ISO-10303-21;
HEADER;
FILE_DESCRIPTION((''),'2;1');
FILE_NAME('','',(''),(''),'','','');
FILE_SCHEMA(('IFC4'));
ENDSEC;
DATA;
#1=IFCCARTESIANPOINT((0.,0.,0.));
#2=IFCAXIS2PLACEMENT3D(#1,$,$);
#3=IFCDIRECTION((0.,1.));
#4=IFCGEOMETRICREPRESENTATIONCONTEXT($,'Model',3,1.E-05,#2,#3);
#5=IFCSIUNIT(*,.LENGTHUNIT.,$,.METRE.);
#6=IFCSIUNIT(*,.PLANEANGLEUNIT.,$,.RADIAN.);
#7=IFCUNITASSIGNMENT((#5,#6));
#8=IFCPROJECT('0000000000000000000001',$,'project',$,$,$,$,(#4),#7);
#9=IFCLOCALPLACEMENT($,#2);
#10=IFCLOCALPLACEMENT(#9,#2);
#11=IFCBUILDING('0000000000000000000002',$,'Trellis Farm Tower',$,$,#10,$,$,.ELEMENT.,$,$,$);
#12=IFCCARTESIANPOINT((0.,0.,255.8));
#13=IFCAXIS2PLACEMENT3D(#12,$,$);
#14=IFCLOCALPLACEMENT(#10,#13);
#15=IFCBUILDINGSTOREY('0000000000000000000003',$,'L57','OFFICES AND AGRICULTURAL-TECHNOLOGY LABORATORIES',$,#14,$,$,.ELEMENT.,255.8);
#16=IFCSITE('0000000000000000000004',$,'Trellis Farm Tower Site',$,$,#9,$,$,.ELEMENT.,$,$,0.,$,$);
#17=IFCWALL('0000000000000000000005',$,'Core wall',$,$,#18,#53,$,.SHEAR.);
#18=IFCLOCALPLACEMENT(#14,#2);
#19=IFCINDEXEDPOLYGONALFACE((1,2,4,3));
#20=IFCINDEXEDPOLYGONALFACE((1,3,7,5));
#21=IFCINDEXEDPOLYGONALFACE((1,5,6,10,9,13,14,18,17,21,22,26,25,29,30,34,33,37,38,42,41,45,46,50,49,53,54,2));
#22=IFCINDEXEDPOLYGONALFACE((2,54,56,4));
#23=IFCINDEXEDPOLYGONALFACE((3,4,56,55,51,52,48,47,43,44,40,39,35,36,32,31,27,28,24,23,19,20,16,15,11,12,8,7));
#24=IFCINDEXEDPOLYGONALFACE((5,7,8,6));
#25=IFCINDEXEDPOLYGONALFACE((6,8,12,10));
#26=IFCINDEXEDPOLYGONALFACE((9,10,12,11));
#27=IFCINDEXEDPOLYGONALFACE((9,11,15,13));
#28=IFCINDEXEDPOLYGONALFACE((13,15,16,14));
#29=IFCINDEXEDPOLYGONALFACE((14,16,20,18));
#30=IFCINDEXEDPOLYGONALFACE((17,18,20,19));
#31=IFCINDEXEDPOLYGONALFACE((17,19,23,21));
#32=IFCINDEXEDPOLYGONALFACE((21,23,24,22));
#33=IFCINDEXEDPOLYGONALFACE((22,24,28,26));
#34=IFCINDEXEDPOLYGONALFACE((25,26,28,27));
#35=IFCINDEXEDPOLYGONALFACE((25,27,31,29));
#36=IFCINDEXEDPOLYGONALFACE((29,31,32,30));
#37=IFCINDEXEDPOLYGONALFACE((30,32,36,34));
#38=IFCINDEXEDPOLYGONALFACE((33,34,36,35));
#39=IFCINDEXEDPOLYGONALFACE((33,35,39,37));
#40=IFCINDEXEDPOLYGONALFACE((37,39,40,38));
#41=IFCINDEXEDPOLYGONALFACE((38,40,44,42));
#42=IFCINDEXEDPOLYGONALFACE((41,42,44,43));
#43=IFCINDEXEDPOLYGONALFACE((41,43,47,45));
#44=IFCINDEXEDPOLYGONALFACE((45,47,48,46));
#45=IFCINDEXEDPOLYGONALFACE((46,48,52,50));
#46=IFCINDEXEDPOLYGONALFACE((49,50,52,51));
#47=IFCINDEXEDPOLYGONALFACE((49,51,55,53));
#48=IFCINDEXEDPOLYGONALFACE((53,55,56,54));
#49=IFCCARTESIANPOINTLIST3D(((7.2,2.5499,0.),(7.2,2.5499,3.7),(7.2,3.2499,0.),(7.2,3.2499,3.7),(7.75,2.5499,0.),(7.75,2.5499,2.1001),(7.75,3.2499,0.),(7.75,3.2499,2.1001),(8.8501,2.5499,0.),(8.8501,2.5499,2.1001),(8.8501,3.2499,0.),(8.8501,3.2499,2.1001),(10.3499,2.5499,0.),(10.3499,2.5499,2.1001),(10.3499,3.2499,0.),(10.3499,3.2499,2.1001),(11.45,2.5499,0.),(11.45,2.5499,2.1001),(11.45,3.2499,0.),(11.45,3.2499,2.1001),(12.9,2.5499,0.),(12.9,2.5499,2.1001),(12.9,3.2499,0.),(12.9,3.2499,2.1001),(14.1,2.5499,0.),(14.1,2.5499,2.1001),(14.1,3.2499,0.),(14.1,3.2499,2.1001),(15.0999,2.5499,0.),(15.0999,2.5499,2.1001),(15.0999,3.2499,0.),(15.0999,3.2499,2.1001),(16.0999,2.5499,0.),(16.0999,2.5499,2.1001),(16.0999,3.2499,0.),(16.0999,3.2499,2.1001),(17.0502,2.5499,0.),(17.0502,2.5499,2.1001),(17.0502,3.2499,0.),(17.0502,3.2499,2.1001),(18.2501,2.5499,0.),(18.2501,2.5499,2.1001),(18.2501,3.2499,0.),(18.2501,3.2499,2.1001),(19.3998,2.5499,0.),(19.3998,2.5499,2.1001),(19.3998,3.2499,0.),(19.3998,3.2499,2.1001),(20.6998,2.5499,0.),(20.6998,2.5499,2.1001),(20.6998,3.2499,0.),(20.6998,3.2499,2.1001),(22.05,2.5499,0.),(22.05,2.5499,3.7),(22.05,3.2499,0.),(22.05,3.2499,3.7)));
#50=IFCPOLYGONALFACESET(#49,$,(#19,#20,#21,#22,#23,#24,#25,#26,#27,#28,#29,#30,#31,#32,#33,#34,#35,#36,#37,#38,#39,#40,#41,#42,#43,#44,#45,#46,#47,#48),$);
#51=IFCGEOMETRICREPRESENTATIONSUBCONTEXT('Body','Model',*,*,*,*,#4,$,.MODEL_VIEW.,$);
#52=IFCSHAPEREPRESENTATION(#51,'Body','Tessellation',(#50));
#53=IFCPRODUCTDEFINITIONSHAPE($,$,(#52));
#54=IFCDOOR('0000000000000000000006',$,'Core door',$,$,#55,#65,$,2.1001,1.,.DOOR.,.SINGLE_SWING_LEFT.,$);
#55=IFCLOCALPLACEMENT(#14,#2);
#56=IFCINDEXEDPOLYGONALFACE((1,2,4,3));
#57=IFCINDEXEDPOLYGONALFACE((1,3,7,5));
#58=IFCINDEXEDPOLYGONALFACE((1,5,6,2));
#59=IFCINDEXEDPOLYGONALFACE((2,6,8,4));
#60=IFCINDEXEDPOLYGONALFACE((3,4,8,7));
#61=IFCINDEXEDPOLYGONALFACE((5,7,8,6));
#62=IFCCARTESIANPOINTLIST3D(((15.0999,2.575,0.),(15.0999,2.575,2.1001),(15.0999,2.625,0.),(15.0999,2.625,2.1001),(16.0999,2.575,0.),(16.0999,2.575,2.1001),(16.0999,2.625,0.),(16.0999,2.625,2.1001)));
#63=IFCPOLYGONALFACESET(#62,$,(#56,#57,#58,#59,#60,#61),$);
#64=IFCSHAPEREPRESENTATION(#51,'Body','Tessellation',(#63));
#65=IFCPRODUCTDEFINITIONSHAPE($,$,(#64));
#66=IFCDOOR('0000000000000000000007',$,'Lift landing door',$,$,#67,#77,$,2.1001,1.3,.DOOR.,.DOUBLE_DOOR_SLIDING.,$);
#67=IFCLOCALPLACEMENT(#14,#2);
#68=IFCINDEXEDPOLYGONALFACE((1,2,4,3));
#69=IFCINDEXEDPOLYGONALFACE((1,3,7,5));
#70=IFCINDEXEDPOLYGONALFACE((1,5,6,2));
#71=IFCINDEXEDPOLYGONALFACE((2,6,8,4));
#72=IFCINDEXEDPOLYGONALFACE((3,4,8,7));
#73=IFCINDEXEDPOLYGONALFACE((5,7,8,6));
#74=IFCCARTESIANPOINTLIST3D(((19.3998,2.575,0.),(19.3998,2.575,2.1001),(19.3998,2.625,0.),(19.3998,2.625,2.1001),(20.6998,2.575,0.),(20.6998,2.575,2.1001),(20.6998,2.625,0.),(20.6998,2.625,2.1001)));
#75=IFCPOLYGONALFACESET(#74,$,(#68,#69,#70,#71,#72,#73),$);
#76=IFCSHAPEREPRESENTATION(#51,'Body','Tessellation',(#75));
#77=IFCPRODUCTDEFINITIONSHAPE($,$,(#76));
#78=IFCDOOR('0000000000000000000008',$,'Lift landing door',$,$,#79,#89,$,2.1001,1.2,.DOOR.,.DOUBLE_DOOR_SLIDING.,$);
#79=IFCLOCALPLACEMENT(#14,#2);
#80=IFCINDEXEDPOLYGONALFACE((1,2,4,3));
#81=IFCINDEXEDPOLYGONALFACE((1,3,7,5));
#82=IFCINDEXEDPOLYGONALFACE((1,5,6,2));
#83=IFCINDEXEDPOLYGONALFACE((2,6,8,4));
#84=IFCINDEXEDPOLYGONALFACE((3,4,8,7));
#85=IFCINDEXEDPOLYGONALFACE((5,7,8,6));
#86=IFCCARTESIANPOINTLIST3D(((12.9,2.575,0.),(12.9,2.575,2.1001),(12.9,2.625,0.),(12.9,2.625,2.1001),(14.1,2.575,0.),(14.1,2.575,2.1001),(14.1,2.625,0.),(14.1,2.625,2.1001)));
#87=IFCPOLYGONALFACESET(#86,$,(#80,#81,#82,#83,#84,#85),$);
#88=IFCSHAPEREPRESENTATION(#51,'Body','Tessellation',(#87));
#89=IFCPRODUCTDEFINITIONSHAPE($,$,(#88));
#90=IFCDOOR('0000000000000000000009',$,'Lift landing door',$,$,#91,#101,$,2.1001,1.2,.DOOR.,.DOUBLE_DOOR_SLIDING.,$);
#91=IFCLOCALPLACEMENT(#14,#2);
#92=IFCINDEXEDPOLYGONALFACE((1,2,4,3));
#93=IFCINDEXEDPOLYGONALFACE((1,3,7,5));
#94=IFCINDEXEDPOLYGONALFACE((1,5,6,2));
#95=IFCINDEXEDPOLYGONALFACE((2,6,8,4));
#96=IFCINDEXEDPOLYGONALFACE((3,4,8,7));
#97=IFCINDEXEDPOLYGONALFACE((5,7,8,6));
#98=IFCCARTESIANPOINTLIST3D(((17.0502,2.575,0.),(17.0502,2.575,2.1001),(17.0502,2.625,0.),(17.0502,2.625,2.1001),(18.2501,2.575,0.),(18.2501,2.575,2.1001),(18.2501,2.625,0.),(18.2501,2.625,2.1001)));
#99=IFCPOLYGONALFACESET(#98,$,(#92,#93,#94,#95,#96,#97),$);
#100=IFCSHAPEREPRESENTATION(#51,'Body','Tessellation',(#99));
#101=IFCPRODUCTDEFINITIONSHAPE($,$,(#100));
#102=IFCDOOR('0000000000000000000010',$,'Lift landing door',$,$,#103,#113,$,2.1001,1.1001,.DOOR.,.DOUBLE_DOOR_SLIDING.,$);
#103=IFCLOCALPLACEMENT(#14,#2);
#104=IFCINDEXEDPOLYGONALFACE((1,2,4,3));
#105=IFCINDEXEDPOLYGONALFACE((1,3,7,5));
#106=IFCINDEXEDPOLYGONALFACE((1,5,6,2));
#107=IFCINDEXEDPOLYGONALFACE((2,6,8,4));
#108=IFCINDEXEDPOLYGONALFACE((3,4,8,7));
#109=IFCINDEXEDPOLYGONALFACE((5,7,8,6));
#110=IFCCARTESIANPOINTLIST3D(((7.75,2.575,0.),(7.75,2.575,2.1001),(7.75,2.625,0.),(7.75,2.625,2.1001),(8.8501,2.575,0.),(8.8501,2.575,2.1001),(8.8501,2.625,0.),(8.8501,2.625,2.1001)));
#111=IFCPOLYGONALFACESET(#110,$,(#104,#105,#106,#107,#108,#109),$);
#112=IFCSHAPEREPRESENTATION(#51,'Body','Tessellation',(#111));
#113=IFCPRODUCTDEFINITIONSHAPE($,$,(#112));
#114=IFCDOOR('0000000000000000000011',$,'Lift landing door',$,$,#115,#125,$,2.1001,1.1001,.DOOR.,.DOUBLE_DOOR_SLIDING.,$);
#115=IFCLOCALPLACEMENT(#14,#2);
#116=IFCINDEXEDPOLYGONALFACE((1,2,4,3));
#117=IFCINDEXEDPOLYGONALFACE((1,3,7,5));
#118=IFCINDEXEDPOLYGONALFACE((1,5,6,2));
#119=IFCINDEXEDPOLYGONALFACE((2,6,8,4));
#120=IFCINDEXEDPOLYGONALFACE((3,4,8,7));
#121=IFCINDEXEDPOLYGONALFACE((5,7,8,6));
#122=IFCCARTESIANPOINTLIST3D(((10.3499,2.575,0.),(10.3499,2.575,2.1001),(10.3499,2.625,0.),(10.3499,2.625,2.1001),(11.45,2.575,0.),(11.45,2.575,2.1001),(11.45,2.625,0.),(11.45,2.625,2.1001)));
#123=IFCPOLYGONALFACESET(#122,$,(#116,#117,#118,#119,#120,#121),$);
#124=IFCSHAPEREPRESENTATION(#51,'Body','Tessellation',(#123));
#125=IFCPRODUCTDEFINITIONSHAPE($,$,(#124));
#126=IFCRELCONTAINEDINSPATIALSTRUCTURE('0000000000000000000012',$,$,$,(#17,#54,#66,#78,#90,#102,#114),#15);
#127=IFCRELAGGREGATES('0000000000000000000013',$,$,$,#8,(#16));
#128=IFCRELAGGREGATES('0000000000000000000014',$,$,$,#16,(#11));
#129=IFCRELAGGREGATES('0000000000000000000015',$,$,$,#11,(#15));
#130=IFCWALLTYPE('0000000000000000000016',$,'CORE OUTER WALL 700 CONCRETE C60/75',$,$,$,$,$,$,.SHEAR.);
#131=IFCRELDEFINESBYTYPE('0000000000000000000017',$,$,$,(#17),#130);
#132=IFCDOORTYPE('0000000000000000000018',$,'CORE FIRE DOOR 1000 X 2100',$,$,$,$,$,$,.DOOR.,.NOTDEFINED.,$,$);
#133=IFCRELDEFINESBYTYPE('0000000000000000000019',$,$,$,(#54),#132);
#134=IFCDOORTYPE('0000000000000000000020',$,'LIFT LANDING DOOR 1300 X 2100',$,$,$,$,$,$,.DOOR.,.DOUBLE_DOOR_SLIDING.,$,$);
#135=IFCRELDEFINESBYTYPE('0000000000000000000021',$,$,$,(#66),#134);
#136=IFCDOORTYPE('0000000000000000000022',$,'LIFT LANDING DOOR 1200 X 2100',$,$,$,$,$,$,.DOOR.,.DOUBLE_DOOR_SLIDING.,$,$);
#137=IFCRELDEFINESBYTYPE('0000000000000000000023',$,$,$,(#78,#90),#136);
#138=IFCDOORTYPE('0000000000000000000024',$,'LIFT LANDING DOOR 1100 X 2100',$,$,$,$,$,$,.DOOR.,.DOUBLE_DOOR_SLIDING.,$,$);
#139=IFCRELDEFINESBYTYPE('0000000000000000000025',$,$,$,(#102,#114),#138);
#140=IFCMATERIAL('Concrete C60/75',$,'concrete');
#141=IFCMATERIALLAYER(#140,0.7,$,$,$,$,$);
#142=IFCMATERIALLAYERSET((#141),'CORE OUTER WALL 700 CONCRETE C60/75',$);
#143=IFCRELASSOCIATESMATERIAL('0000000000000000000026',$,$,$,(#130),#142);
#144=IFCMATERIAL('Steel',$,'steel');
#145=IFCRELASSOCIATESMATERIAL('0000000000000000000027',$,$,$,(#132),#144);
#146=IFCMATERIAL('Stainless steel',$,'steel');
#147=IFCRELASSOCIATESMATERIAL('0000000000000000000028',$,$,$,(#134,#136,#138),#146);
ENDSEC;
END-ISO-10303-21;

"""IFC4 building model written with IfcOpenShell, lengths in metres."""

from ifc_helpers import new_model, si_unit, direction, frame, frame_2d, origin, place, context, subcontext, project, spatial, rectangle, extrude, source, transform, mapped, material, layer, layer_set, type_object, element, fill, save


model = new_model("IFC4")

# Units and contexts
model_context = context("Model", 3, precision=1e-05, world=origin(), true_north=direction((0.0, 1.0)))
body_context = subcontext(model_context, "Body", "Model", "MODEL_VIEW")
ifc_project = project(units=[si_unit("LENGTHUNIT", "METRE"), si_unit("PLANEANGLEUNIT", "RADIAN")], contexts=[model_context])

# Site, building, storey
site_placement = place(None, origin())
site = spatial("IfcSite", under=ifc_project, at=site_placement, Name="Trellis Farm Tower Site", CompositionType="ELEMENT", RefElevation=0.0)
building_placement = place(site_placement, origin())
building = spatial("IfcBuilding", under=site, at=building_placement, Name="Trellis Farm Tower", CompositionType="ELEMENT")
storey_placement = place(building_placement, frame((0.0, 0.0, 255.8)))
storey = spatial("IfcBuildingStorey", under=building, at=storey_placement, Name="L57", Description="OFFICES AND AGRICULTURAL-TECHNOLOGY LABORATORIES", CompositionType="ELEMENT", Elevation=255.8)

# Shared definitions
ifc_material_1 = material(Name="Concrete C60/75", Category="concrete")

# Shared definitions
ifc_material_2 = material(Name="Steel", Category="steel")

# Wall, openings, doors
ifc_layer_1 = layer(ifc_material_1, 0.7)
ifc_layer_set_1 = layer_set([ifc_layer_1], Name="CORE OUTER WALL 700 CONCRETE C60/75")
wall_type_1 = type_object("IfcWallType", Name="CORE OUTER WALL 700 CONCRETE C60/75", PredefinedType="SHEAR", material=ifc_layer_set_1)
shared_shape_1 = source(origin(), body_context, "Body", "SweptSolid", [
    extrude(rectangle(XDim=14.8501, YDim=0.7, at=frame_2d((7.425, 0.0))), origin(), (0.0, 0.0, 1.0), 3.7),
])
wall_1_placement = place(storey_placement, frame((7.2, 2.8999, 0.0), z_axis=(0.0, 0.0, 1.0), x_axis=(1.0, 0.0, 0.0)))
wall_1 = element("IfcWall", 1, at=wall_1_placement, inside=storey, type_object=wall_type_1, Name="Core wall", PredefinedType="SHEAR", context=body_context, shape_type="MappedRepresentation", body=[
    mapped(shared_shape_1, transform((0.0, 0.0, 0.0))),
])
shared_shape_2 = source(origin(), body_context, "Body", "SweptSolid", [
    extrude(rectangle(XDim=1.1001, YDim=2.1001, at=frame_2d((0.55, 1.05))), frame((0.0, 0.3601, 0.0), z_axis=(0.0, -1.0, 0.0), x_axis=(1.0, 0.0, 0.0)), (0.0, 0.0, 1.0), 0.7202),
])
opening_1_placement = place(wall_1_placement, frame((0.55, 0.0, 0.0)))
opening_1 = element("IfcOpeningElement", 2, at=opening_1_placement, cuts=wall_1, PredefinedType="OPENING", context=body_context, shape_type="MappedRepresentation", body=[
    mapped(shared_shape_2, transform((0.0, 0.0, 0.0))),
])
opening_2_placement = place(wall_1_placement, frame((3.1499, 0.0, 0.0)))
opening_2 = element("IfcOpeningElement", 3, at=opening_2_placement, cuts=wall_1, PredefinedType="OPENING", context=body_context, shape_type="MappedRepresentation", body=[
    mapped(shared_shape_2, transform((0.0, 0.0, 0.0))),
])
shared_shape_3 = source(origin(), body_context, "Body", "SweptSolid", [
    extrude(rectangle(XDim=1.2, YDim=2.1001, at=frame_2d((0.6001, 1.05))), frame((0.0, 0.3601, 0.0), z_axis=(0.0, -1.0, 0.0), x_axis=(1.0, 0.0, 0.0)), (0.0, 0.0, 1.0), 0.7202),
])
opening_3_placement = place(wall_1_placement, frame((5.7, 0.0, 0.0)))
opening_3 = element("IfcOpeningElement", 4, at=opening_3_placement, cuts=wall_1, PredefinedType="OPENING", context=body_context, shape_type="MappedRepresentation", body=[
    mapped(shared_shape_3, transform((0.0, 0.0, 0.0))),
])
shared_shape_4 = source(origin(), body_context, "Body", "SweptSolid", [
    extrude(rectangle(XDim=1.3, YDim=2.1001, at=frame_2d((0.6499, 1.05))), frame((0.0, 0.3601, 0.0), z_axis=(0.0, -1.0, 0.0), x_axis=(1.0, 0.0, 0.0)), (0.0, 0.0, 1.0), 0.7202),
])
opening_4_placement = place(wall_1_placement, frame((12.2, 0.0, 0.0)))
opening_4 = element("IfcOpeningElement", 5, at=opening_4_placement, cuts=wall_1, PredefinedType="OPENING", context=body_context, shape_type="MappedRepresentation", body=[
    mapped(shared_shape_4, transform((0.0, 0.0, 0.0))),
])
opening_5_placement = place(wall_1_placement, frame((9.8501, 0.0, 0.0)))
opening_5 = element("IfcOpeningElement", 6, at=opening_5_placement, cuts=wall_1, PredefinedType="OPENING", context=body_context, shape_type="MappedRepresentation", body=[
    mapped(shared_shape_3, transform((0.0, 0.0, 0.0))),
])
shared_shape_5 = source(origin(), body_context, "Body", "SweptSolid", [
    extrude(rectangle(XDim=1.0, YDim=2.1001, at=frame_2d((0.5, 1.05))), frame((0.0, 0.3601, 0.0), z_axis=(0.0, -1.0, 0.0), x_axis=(1.0, 0.0, 0.0)), (0.0, 0.0, 1.0), 0.7202),
])
opening_6_placement = place(wall_1_placement, frame((7.8999, 0.0, 0.0)))
opening_6 = element("IfcOpeningElement", 7, at=opening_6_placement, cuts=wall_1, PredefinedType="OPENING", context=body_context, shape_type="MappedRepresentation", body=[
    mapped(shared_shape_5, transform((0.0, 0.0, 0.0))),
])
door_type_1 = type_object("IfcDoorType", Name="CORE FIRE DOOR 1000 X 2100", OperationType="NOTDEFINED", PredefinedType="DOOR", material=ifc_material_2)
shared_shape_6 = source(origin(), body_context, "Body", "SweptSolid", [
    extrude(rectangle(XDim=1.0, YDim=2.1001, at=frame_2d((0.5, 1.05))), frame((0.0, -0.2749, 0.0), z_axis=(0.0, -1.0, 0.0), x_axis=(1.0, 0.0, 0.0)), (0.0, 0.0, 1.0), 0.05),
])
door_1_placement = place(opening_6_placement, origin())
door_1 = element("IfcDoor", 8, at=door_1_placement, inside=storey, type_object=door_type_1, Name="Core door", OperationType="SINGLE_SWING_LEFT", OverallHeight=2.1001, OverallWidth=1.0, PredefinedType="DOOR", context=body_context, shape_type="MappedRepresentation", body=[
    mapped(shared_shape_6, transform((0.0, 0.0, 0.0))),
])
fill(opening_6, door_1)
ifc_material_3 = material(Name="Stainless steel", Category="steel")
door_type_2 = type_object("IfcDoorType", Name="LIFT LANDING DOOR 1300 X 2100", OperationType="DOUBLE_DOOR_SLIDING", PredefinedType="DOOR", material=ifc_material_3)
shared_shape_7 = source(origin(), body_context, "Body", "SweptSolid", [
    extrude(rectangle(XDim=1.3, YDim=2.1001, at=frame_2d((0.6499, 1.05))), frame((0.0, -0.2749, 0.0), z_axis=(0.0, -1.0, 0.0), x_axis=(1.0, 0.0, 0.0)), (0.0, 0.0, 1.0), 0.05),
])
door_2_placement = place(opening_4_placement, origin())
door_2 = element("IfcDoor", 9, at=door_2_placement, inside=storey, type_object=door_type_2, Name="Lift landing door", OperationType="DOUBLE_DOOR_SLIDING", OverallHeight=2.1001, OverallWidth=1.3, PredefinedType="DOOR", context=body_context, shape_type="MappedRepresentation", body=[
    mapped(shared_shape_7, transform((0.0, 0.0, 0.0))),
])
fill(opening_4, door_2)
door_type_3 = type_object("IfcDoorType", Name="LIFT LANDING DOOR 1200 X 2100", OperationType="DOUBLE_DOOR_SLIDING", PredefinedType="DOOR", material=ifc_material_3)
shared_shape_8 = source(origin(), body_context, "Body", "SweptSolid", [
    extrude(rectangle(XDim=1.2, YDim=2.1001, at=frame_2d((0.6001, 1.05))), frame((0.0, -0.2749, 0.0), z_axis=(0.0, -1.0, 0.0), x_axis=(1.0, 0.0, 0.0)), (0.0, 0.0, 1.0), 0.05),
])
door_3_placement = place(opening_3_placement, origin())
door_3 = element("IfcDoor", 10, at=door_3_placement, inside=storey, type_object=door_type_3, Name="Lift landing door", OperationType="DOUBLE_DOOR_SLIDING", OverallHeight=2.1001, OverallWidth=1.2, PredefinedType="DOOR", context=body_context, shape_type="MappedRepresentation", body=[
    mapped(shared_shape_8, transform((0.0, 0.0, 0.0))),
])
fill(opening_3, door_3)
door_4_placement = place(opening_5_placement, origin())
door_4 = element("IfcDoor", 11, at=door_4_placement, inside=storey, type_object=door_type_3, Name="Lift landing door", OperationType="DOUBLE_DOOR_SLIDING", OverallHeight=2.1001, OverallWidth=1.2, PredefinedType="DOOR", context=body_context, shape_type="MappedRepresentation", body=[
    mapped(shared_shape_8, transform((0.0, 0.0, 0.0))),
])
fill(opening_5, door_4)
door_type_4 = type_object("IfcDoorType", Name="LIFT LANDING DOOR 1100 X 2100", OperationType="DOUBLE_DOOR_SLIDING", PredefinedType="DOOR", material=ifc_material_3)
shared_shape_9 = source(origin(), body_context, "Body", "SweptSolid", [
    extrude(rectangle(XDim=1.1001, YDim=2.1001, at=frame_2d((0.55, 1.05))), frame((0.0, -0.2749, 0.0), z_axis=(0.0, -1.0, 0.0), x_axis=(1.0, 0.0, 0.0)), (0.0, 0.0, 1.0), 0.05),
])
door_5_placement = place(opening_1_placement, origin())
door_5 = element("IfcDoor", 12, at=door_5_placement, inside=storey, type_object=door_type_4, Name="Lift landing door", OperationType="DOUBLE_DOOR_SLIDING", OverallHeight=2.1001, OverallWidth=1.1001, PredefinedType="DOOR", context=body_context, shape_type="MappedRepresentation", body=[
    mapped(shared_shape_9, transform((0.0, 0.0, 0.0))),
])
fill(opening_1, door_5)
door_6_placement = place(opening_2_placement, origin())
door_6 = element("IfcDoor", 13, at=door_6_placement, inside=storey, type_object=door_type_4, Name="Lift landing door", OperationType="DOUBLE_DOOR_SLIDING", OverallHeight=2.1001, OverallWidth=1.1001, PredefinedType="DOOR", context=body_context, shape_type="MappedRepresentation", body=[
    mapped(shared_shape_9, transform((0.0, 0.0, 0.0))),
])
fill(opening_2, door_6)

save(model, "model.ifc")
